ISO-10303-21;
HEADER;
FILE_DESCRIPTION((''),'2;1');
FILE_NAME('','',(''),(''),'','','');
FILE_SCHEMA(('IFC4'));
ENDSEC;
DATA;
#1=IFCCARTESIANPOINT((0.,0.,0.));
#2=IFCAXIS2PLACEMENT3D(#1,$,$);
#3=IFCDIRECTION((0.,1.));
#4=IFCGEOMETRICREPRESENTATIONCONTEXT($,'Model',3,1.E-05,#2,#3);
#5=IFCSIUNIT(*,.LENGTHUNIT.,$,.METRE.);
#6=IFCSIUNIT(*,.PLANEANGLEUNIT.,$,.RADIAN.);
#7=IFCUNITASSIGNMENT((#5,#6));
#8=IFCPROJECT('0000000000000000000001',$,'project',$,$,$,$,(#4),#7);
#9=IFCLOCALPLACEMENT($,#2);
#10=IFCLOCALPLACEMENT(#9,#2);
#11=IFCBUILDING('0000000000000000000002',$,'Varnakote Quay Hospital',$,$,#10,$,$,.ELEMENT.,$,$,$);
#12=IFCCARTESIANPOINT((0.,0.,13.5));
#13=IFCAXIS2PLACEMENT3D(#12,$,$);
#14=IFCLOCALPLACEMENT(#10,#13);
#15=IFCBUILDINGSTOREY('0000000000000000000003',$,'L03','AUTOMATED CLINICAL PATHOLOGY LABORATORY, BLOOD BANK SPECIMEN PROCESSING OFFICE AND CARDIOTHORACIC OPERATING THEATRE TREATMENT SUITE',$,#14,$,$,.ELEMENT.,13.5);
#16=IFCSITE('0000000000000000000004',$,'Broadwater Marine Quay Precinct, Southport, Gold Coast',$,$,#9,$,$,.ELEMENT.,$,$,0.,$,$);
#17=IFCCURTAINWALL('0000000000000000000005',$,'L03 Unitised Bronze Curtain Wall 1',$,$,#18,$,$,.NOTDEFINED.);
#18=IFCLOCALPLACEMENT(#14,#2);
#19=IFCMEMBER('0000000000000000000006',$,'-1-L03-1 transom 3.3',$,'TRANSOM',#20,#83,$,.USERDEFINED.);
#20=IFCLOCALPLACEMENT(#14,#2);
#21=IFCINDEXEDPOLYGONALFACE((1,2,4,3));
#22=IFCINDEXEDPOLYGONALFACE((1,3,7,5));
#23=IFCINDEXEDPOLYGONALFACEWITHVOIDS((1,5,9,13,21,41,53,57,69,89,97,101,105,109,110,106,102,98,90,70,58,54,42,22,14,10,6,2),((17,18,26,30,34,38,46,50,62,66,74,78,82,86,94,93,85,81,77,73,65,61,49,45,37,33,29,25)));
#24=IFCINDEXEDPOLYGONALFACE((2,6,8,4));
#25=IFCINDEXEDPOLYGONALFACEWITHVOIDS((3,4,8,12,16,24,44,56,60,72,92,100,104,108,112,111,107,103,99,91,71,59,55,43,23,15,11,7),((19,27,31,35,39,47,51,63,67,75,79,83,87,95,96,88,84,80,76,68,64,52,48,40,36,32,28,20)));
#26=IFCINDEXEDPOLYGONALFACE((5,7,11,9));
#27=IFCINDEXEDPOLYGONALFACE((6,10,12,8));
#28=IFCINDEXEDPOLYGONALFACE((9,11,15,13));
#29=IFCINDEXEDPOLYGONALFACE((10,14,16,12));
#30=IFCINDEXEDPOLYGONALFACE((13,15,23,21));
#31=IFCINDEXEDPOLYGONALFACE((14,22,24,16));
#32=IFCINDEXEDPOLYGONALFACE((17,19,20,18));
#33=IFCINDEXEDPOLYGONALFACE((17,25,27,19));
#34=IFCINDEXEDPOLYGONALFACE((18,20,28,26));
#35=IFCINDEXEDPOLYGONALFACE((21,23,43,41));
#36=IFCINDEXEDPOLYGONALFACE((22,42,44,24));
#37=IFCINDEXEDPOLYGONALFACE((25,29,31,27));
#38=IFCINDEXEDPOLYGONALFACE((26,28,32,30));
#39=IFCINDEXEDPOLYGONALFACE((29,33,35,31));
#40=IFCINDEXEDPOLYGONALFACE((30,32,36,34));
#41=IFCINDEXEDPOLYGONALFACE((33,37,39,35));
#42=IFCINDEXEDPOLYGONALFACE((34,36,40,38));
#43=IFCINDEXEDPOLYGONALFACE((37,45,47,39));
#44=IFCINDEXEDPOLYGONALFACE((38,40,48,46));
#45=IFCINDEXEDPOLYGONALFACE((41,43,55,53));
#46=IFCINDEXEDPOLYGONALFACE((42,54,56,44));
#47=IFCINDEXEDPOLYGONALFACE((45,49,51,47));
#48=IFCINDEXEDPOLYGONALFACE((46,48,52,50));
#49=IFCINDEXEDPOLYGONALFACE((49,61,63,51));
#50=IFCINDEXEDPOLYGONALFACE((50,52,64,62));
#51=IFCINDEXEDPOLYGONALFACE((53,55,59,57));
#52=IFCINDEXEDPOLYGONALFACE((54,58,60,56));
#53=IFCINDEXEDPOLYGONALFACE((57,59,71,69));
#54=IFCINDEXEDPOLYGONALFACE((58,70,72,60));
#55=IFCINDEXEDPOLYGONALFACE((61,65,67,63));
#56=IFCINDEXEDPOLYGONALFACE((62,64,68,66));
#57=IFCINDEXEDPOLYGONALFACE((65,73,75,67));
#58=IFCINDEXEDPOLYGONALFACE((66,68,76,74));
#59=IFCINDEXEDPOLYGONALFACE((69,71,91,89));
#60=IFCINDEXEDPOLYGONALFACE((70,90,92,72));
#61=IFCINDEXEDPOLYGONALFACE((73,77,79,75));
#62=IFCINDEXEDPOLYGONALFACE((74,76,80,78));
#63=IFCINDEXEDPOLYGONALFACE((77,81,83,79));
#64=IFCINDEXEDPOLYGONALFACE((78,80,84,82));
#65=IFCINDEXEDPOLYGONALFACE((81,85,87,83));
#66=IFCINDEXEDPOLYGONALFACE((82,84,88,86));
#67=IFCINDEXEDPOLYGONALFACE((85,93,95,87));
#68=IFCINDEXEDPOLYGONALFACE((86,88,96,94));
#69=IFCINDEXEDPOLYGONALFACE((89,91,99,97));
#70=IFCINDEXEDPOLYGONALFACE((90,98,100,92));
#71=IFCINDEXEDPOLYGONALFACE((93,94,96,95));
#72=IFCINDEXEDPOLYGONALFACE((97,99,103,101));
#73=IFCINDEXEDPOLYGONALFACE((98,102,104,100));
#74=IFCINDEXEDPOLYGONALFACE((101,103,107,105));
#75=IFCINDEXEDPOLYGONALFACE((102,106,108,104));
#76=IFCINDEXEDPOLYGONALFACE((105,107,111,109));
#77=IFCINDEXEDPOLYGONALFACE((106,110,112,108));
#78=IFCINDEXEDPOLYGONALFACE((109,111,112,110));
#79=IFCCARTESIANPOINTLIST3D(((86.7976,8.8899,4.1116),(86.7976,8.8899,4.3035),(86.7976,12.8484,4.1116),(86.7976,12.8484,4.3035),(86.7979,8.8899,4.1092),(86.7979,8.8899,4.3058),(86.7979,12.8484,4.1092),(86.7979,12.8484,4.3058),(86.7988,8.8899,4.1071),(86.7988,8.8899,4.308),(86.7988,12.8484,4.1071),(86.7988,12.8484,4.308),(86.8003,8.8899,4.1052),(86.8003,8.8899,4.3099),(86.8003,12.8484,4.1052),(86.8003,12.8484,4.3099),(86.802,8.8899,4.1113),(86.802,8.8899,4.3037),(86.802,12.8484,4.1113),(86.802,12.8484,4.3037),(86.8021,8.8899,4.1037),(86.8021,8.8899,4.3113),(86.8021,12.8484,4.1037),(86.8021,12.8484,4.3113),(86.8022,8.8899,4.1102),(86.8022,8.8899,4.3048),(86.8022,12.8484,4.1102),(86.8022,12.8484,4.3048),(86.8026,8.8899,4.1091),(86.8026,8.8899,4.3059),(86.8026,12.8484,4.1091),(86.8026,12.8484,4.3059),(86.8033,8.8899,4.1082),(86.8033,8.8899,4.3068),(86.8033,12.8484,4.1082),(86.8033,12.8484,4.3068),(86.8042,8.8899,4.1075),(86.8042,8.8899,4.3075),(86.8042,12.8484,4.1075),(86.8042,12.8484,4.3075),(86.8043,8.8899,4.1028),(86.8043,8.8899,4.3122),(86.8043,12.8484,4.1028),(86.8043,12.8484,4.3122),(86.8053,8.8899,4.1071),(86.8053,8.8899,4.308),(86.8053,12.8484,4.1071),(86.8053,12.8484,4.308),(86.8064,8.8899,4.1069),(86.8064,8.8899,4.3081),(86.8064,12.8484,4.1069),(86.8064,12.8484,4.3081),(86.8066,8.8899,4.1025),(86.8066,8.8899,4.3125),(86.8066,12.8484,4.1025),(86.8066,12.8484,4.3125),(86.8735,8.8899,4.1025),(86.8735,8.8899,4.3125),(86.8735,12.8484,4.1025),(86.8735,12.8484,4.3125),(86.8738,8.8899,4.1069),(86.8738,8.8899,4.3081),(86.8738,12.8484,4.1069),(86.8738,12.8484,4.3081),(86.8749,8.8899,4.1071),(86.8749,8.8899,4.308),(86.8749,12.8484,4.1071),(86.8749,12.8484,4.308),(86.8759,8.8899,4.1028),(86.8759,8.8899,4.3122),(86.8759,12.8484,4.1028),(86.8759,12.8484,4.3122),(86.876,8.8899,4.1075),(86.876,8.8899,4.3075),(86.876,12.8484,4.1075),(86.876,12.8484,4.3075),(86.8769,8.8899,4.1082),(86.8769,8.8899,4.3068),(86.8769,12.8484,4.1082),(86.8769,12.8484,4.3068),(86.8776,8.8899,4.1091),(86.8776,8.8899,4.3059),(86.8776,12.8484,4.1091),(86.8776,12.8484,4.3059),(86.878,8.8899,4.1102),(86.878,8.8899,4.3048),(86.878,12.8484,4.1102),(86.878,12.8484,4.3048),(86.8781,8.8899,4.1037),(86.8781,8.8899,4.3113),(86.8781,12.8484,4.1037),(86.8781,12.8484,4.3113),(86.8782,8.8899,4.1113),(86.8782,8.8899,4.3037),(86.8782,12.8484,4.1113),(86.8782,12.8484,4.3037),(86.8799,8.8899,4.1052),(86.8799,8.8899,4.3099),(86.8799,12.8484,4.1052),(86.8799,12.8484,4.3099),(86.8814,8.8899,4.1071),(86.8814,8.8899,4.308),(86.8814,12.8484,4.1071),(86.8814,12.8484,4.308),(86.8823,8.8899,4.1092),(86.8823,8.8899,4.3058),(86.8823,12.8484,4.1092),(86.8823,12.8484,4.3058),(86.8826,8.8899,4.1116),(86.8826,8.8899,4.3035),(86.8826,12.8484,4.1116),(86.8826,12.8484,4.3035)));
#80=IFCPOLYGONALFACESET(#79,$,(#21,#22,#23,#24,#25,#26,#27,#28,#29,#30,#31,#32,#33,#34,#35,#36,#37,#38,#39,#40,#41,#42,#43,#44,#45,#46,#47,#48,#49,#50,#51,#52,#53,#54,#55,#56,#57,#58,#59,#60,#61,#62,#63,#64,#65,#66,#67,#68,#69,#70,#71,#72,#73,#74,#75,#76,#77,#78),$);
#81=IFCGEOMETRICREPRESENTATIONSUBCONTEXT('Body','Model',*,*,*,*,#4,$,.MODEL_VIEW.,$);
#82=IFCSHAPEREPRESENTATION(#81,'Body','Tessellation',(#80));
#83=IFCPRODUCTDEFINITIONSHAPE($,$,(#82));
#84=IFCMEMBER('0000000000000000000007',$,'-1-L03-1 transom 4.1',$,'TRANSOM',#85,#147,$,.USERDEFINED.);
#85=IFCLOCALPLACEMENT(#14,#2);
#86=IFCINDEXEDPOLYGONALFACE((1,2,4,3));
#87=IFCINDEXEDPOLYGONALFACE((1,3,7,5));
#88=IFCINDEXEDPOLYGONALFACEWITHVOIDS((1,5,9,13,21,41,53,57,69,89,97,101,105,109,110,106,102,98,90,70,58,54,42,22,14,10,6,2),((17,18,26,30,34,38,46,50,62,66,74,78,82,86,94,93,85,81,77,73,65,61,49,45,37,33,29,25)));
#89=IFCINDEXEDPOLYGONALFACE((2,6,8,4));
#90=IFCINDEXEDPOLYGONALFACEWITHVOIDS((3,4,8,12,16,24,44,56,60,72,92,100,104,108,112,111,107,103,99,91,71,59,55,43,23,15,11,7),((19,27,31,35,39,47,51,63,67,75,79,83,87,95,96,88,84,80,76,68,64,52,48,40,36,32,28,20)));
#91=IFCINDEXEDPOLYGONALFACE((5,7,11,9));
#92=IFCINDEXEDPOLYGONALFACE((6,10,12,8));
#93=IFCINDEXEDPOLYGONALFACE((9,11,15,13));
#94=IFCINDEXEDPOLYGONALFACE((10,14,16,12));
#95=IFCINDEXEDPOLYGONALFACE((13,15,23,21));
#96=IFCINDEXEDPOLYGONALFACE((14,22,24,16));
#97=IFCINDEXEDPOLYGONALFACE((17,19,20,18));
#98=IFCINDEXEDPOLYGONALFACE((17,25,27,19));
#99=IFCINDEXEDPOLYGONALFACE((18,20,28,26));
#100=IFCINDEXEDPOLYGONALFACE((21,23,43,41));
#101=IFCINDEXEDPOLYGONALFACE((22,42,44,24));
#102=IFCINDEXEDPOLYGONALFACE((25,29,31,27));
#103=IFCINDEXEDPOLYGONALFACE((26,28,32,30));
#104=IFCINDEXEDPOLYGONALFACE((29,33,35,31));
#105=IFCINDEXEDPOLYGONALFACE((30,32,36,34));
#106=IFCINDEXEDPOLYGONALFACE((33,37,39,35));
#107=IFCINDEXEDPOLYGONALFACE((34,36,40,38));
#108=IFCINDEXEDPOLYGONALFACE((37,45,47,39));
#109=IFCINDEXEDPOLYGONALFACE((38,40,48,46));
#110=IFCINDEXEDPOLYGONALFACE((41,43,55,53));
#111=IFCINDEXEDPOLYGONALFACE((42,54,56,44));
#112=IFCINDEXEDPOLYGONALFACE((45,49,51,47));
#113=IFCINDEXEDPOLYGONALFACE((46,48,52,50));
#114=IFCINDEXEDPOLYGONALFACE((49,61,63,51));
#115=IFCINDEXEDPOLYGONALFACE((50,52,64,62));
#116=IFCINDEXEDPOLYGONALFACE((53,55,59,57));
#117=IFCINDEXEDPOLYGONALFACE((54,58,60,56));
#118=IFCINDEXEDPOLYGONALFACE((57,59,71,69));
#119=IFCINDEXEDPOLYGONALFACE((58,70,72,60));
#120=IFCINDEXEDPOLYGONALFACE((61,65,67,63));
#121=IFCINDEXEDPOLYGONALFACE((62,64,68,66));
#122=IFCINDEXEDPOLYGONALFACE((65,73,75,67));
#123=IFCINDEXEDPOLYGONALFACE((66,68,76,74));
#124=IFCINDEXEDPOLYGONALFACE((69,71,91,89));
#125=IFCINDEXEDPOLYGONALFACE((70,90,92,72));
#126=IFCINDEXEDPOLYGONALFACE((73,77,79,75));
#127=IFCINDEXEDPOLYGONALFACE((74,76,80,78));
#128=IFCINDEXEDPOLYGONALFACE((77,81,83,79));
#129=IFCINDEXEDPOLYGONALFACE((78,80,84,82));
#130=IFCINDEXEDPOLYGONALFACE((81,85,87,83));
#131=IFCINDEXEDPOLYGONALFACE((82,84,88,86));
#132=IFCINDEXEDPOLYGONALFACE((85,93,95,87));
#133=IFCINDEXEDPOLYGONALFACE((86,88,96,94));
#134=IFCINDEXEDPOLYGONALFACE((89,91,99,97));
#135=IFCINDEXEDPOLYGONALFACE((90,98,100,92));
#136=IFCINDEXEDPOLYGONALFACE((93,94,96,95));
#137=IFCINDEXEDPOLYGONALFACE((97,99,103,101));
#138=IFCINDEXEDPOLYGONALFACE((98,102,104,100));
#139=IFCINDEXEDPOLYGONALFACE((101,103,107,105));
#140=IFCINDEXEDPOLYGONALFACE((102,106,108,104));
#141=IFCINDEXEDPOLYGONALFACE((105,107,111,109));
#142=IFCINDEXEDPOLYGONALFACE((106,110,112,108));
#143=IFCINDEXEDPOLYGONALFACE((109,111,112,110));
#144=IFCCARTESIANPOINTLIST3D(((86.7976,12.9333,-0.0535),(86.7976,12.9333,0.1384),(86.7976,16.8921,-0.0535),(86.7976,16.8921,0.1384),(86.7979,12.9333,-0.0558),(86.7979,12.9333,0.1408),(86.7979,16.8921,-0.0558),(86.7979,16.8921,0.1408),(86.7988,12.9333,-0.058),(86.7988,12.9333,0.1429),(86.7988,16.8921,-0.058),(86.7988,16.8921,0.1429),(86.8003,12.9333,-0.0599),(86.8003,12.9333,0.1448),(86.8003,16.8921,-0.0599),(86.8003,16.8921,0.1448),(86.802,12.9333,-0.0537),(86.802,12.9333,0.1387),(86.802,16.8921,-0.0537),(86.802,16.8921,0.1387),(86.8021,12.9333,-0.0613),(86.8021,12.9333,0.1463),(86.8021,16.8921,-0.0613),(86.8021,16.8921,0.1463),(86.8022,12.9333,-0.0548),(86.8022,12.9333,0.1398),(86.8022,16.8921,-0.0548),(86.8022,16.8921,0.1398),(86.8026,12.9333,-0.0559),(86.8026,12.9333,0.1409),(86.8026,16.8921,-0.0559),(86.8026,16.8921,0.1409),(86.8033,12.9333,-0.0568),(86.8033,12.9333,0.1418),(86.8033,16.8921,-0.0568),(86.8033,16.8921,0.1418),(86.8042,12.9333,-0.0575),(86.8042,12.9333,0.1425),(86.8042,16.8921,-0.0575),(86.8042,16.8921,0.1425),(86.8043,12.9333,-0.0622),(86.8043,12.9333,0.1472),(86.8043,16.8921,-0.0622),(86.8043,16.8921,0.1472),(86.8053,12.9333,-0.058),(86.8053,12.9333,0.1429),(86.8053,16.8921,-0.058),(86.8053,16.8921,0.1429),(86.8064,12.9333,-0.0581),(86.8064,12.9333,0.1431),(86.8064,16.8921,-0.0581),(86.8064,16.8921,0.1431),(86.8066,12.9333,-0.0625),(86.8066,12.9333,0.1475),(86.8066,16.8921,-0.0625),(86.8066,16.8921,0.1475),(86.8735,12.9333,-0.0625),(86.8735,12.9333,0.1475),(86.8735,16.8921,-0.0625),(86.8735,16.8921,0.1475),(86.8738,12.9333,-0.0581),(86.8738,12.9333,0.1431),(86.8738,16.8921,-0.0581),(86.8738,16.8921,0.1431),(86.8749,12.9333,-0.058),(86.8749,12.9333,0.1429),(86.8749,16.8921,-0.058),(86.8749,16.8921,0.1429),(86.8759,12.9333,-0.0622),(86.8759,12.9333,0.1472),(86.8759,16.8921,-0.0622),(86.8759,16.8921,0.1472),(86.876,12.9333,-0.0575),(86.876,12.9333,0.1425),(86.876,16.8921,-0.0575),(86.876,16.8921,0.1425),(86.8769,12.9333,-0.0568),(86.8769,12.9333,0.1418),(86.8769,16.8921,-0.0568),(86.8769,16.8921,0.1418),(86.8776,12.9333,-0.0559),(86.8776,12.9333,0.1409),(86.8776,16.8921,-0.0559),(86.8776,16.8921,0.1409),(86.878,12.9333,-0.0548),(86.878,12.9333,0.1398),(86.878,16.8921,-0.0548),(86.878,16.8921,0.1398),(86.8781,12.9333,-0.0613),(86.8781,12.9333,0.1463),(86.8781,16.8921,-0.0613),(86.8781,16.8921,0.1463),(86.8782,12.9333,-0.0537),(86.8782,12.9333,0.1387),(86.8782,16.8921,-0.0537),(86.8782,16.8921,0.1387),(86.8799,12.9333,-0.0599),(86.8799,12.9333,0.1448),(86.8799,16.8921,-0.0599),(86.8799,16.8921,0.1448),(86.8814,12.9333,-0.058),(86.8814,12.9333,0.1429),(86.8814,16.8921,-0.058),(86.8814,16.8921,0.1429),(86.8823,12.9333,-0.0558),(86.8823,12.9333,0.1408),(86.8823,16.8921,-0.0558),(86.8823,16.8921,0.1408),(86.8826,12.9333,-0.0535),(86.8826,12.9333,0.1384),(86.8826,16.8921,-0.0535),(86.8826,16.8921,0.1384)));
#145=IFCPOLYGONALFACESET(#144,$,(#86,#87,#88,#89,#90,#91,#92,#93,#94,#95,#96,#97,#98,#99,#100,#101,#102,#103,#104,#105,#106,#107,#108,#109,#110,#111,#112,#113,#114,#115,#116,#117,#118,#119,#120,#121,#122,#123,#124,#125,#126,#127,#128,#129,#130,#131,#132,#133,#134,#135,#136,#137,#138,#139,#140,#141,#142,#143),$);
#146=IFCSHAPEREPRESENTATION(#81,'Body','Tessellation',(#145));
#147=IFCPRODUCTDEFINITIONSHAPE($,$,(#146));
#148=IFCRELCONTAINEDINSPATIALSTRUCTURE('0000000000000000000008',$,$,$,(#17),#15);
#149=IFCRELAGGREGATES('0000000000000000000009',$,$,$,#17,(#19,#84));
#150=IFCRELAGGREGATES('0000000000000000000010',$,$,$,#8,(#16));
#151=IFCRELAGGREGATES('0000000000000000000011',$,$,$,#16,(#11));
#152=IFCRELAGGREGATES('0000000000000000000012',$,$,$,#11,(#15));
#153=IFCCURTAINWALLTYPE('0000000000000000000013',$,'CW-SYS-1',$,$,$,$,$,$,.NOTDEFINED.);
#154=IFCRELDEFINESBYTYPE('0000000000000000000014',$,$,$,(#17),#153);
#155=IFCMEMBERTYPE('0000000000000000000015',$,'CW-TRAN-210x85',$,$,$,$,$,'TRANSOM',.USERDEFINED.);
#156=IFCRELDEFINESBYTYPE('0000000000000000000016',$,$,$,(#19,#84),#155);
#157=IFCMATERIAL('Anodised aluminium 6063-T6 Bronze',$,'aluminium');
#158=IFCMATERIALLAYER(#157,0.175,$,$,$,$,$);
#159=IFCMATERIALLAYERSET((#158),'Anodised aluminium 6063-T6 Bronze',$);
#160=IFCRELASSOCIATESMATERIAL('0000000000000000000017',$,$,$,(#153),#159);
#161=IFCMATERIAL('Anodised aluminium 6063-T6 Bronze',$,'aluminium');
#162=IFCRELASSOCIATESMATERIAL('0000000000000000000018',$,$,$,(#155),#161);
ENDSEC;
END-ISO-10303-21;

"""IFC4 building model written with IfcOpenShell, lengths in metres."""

from ifc_helpers import new_model, si_unit, direction, frame, origin, origin_2d, place, context, subcontext, project, spatial, hollow_rectangle, extrude, material, layer, layer_set, material_profile, profile_set, type_object, element, aggregate, save


model = new_model("IFC4")

# Units and contexts
model_context = context("Model", 3, precision=1e-05, world=origin(), true_north=direction((0.0, 1.0)))
body_context = subcontext(model_context, "Body", "Model", "MODEL_VIEW")
ifc_project = project(units=[si_unit("LENGTHUNIT", "METRE"), si_unit("PLANEANGLEUNIT", "RADIAN")], contexts=[model_context])

# Site, building, storey
site_placement = place(None, origin())
site = spatial("IfcSite", under=ifc_project, at=site_placement, Name="Broadwater Marine Quay Precinct, Southport, Gold Coast", CompositionType="ELEMENT", RefElevation=0.0)
building_placement = place(site_placement, origin())
building = spatial("IfcBuilding", under=site, at=building_placement, Name="Varnakote Quay Hospital", CompositionType="ELEMENT")
storey_placement = place(building_placement, frame((0.0, 0.0, 13.5)))
storey = spatial("IfcBuildingStorey", under=building, at=storey_placement, Name="L03", Description="AUTOMATED CLINICAL PATHOLOGY LABORATORY, BLOOD BANK SPECIMEN PROCESSING OFFICE AND CARDIOTHORACIC OPERATING THEATRE TREATMENT SUITE", CompositionType="ELEMENT", Elevation=13.5)

# Curtain wall, members
ifc_material_1 = material(Name="Anodised aluminium 6063-T6 Bronze", Category="aluminium")
ifc_layer_1 = layer(ifc_material_1, 0.175)
ifc_layer_set_1 = layer_set([ifc_layer_1], Name="Anodised aluminium 6063-T6 Bronze")
curtain_wall_type = type_object("IfcCurtainWallType", Name="CW-SYS-1", PredefinedType="NOTDEFINED", material=ifc_layer_set_1)
curtain_wall_placement = place(storey_placement, origin())
curtain_wall = element("IfcCurtainWall", 1, at=curtain_wall_placement, inside=storey, type_object=curtain_wall_type, Name="L03 Unitised Bronze Curtain Wall 1", PredefinedType="NOTDEFINED")
ifc_material_2 = material(Name="Anodised aluminium 6063-T6 Bronze", Category="aluminium")
ifc_material_profile_1 = material_profile(ifc_material_2, hollow_rectangle(XDim=0.085, YDim=0.21, WallThickness=0.0044, InnerFilletRadius=0.0044, OuterFilletRadius=0.009, at=origin_2d()), Name="CW-TRAN-210x85")
ifc_profile_set_1 = profile_set([ifc_material_profile_1], Name="Anodised aluminium 6063-T6 Bronze")
member_type_1 = type_object("IfcMemberType", Name="CW-TRAN-210x85", ElementType="TRANSOM", PredefinedType="USERDEFINED", material=ifc_profile_set_1)
member_1_placement = place(storey_placement, frame((86.8401, 8.8899, 4.2075), z_axis=(0.0, 1.0, 0.0), x_axis=(-1.0, 0.0, 0.0)))
member_1 = element("IfcMember", 2, at=member_1_placement, type_object=member_type_1, Name="-1-L03-1 transom 3.3", ObjectType="TRANSOM", PredefinedType="USERDEFINED", context=body_context, shape_type="SweptSolid", body=[
    extrude(hollow_rectangle(XDim=0.085, YDim=0.21, WallThickness=0.0044, InnerFilletRadius=0.0044, OuterFilletRadius=0.009, at=origin_2d()), origin(), (0.0, 0.0, 1.0), 3.9585),
])
member_2_placement = place(storey_placement, frame((86.8401, 12.9333, 0.0425), z_axis=(0.0, 1.0, 0.0), x_axis=(-1.0, 0.0, 0.0)))
member_2 = element("IfcMember", 3, at=member_2_placement, type_object=member_type_1, Name="-1-L03-1 transom 4.1", ObjectType="TRANSOM", PredefinedType="USERDEFINED", context=body_context, shape_type="SweptSolid", body=[
    extrude(hollow_rectangle(XDim=0.085, YDim=0.21, WallThickness=0.0044, InnerFilletRadius=0.0044, OuterFilletRadius=0.009, at=origin_2d()), origin(), (0.0, 0.0, 1.0), 3.9587),
])
aggregate(curtain_wall, [member_1, member_2])

save(model, "model.ifc")
